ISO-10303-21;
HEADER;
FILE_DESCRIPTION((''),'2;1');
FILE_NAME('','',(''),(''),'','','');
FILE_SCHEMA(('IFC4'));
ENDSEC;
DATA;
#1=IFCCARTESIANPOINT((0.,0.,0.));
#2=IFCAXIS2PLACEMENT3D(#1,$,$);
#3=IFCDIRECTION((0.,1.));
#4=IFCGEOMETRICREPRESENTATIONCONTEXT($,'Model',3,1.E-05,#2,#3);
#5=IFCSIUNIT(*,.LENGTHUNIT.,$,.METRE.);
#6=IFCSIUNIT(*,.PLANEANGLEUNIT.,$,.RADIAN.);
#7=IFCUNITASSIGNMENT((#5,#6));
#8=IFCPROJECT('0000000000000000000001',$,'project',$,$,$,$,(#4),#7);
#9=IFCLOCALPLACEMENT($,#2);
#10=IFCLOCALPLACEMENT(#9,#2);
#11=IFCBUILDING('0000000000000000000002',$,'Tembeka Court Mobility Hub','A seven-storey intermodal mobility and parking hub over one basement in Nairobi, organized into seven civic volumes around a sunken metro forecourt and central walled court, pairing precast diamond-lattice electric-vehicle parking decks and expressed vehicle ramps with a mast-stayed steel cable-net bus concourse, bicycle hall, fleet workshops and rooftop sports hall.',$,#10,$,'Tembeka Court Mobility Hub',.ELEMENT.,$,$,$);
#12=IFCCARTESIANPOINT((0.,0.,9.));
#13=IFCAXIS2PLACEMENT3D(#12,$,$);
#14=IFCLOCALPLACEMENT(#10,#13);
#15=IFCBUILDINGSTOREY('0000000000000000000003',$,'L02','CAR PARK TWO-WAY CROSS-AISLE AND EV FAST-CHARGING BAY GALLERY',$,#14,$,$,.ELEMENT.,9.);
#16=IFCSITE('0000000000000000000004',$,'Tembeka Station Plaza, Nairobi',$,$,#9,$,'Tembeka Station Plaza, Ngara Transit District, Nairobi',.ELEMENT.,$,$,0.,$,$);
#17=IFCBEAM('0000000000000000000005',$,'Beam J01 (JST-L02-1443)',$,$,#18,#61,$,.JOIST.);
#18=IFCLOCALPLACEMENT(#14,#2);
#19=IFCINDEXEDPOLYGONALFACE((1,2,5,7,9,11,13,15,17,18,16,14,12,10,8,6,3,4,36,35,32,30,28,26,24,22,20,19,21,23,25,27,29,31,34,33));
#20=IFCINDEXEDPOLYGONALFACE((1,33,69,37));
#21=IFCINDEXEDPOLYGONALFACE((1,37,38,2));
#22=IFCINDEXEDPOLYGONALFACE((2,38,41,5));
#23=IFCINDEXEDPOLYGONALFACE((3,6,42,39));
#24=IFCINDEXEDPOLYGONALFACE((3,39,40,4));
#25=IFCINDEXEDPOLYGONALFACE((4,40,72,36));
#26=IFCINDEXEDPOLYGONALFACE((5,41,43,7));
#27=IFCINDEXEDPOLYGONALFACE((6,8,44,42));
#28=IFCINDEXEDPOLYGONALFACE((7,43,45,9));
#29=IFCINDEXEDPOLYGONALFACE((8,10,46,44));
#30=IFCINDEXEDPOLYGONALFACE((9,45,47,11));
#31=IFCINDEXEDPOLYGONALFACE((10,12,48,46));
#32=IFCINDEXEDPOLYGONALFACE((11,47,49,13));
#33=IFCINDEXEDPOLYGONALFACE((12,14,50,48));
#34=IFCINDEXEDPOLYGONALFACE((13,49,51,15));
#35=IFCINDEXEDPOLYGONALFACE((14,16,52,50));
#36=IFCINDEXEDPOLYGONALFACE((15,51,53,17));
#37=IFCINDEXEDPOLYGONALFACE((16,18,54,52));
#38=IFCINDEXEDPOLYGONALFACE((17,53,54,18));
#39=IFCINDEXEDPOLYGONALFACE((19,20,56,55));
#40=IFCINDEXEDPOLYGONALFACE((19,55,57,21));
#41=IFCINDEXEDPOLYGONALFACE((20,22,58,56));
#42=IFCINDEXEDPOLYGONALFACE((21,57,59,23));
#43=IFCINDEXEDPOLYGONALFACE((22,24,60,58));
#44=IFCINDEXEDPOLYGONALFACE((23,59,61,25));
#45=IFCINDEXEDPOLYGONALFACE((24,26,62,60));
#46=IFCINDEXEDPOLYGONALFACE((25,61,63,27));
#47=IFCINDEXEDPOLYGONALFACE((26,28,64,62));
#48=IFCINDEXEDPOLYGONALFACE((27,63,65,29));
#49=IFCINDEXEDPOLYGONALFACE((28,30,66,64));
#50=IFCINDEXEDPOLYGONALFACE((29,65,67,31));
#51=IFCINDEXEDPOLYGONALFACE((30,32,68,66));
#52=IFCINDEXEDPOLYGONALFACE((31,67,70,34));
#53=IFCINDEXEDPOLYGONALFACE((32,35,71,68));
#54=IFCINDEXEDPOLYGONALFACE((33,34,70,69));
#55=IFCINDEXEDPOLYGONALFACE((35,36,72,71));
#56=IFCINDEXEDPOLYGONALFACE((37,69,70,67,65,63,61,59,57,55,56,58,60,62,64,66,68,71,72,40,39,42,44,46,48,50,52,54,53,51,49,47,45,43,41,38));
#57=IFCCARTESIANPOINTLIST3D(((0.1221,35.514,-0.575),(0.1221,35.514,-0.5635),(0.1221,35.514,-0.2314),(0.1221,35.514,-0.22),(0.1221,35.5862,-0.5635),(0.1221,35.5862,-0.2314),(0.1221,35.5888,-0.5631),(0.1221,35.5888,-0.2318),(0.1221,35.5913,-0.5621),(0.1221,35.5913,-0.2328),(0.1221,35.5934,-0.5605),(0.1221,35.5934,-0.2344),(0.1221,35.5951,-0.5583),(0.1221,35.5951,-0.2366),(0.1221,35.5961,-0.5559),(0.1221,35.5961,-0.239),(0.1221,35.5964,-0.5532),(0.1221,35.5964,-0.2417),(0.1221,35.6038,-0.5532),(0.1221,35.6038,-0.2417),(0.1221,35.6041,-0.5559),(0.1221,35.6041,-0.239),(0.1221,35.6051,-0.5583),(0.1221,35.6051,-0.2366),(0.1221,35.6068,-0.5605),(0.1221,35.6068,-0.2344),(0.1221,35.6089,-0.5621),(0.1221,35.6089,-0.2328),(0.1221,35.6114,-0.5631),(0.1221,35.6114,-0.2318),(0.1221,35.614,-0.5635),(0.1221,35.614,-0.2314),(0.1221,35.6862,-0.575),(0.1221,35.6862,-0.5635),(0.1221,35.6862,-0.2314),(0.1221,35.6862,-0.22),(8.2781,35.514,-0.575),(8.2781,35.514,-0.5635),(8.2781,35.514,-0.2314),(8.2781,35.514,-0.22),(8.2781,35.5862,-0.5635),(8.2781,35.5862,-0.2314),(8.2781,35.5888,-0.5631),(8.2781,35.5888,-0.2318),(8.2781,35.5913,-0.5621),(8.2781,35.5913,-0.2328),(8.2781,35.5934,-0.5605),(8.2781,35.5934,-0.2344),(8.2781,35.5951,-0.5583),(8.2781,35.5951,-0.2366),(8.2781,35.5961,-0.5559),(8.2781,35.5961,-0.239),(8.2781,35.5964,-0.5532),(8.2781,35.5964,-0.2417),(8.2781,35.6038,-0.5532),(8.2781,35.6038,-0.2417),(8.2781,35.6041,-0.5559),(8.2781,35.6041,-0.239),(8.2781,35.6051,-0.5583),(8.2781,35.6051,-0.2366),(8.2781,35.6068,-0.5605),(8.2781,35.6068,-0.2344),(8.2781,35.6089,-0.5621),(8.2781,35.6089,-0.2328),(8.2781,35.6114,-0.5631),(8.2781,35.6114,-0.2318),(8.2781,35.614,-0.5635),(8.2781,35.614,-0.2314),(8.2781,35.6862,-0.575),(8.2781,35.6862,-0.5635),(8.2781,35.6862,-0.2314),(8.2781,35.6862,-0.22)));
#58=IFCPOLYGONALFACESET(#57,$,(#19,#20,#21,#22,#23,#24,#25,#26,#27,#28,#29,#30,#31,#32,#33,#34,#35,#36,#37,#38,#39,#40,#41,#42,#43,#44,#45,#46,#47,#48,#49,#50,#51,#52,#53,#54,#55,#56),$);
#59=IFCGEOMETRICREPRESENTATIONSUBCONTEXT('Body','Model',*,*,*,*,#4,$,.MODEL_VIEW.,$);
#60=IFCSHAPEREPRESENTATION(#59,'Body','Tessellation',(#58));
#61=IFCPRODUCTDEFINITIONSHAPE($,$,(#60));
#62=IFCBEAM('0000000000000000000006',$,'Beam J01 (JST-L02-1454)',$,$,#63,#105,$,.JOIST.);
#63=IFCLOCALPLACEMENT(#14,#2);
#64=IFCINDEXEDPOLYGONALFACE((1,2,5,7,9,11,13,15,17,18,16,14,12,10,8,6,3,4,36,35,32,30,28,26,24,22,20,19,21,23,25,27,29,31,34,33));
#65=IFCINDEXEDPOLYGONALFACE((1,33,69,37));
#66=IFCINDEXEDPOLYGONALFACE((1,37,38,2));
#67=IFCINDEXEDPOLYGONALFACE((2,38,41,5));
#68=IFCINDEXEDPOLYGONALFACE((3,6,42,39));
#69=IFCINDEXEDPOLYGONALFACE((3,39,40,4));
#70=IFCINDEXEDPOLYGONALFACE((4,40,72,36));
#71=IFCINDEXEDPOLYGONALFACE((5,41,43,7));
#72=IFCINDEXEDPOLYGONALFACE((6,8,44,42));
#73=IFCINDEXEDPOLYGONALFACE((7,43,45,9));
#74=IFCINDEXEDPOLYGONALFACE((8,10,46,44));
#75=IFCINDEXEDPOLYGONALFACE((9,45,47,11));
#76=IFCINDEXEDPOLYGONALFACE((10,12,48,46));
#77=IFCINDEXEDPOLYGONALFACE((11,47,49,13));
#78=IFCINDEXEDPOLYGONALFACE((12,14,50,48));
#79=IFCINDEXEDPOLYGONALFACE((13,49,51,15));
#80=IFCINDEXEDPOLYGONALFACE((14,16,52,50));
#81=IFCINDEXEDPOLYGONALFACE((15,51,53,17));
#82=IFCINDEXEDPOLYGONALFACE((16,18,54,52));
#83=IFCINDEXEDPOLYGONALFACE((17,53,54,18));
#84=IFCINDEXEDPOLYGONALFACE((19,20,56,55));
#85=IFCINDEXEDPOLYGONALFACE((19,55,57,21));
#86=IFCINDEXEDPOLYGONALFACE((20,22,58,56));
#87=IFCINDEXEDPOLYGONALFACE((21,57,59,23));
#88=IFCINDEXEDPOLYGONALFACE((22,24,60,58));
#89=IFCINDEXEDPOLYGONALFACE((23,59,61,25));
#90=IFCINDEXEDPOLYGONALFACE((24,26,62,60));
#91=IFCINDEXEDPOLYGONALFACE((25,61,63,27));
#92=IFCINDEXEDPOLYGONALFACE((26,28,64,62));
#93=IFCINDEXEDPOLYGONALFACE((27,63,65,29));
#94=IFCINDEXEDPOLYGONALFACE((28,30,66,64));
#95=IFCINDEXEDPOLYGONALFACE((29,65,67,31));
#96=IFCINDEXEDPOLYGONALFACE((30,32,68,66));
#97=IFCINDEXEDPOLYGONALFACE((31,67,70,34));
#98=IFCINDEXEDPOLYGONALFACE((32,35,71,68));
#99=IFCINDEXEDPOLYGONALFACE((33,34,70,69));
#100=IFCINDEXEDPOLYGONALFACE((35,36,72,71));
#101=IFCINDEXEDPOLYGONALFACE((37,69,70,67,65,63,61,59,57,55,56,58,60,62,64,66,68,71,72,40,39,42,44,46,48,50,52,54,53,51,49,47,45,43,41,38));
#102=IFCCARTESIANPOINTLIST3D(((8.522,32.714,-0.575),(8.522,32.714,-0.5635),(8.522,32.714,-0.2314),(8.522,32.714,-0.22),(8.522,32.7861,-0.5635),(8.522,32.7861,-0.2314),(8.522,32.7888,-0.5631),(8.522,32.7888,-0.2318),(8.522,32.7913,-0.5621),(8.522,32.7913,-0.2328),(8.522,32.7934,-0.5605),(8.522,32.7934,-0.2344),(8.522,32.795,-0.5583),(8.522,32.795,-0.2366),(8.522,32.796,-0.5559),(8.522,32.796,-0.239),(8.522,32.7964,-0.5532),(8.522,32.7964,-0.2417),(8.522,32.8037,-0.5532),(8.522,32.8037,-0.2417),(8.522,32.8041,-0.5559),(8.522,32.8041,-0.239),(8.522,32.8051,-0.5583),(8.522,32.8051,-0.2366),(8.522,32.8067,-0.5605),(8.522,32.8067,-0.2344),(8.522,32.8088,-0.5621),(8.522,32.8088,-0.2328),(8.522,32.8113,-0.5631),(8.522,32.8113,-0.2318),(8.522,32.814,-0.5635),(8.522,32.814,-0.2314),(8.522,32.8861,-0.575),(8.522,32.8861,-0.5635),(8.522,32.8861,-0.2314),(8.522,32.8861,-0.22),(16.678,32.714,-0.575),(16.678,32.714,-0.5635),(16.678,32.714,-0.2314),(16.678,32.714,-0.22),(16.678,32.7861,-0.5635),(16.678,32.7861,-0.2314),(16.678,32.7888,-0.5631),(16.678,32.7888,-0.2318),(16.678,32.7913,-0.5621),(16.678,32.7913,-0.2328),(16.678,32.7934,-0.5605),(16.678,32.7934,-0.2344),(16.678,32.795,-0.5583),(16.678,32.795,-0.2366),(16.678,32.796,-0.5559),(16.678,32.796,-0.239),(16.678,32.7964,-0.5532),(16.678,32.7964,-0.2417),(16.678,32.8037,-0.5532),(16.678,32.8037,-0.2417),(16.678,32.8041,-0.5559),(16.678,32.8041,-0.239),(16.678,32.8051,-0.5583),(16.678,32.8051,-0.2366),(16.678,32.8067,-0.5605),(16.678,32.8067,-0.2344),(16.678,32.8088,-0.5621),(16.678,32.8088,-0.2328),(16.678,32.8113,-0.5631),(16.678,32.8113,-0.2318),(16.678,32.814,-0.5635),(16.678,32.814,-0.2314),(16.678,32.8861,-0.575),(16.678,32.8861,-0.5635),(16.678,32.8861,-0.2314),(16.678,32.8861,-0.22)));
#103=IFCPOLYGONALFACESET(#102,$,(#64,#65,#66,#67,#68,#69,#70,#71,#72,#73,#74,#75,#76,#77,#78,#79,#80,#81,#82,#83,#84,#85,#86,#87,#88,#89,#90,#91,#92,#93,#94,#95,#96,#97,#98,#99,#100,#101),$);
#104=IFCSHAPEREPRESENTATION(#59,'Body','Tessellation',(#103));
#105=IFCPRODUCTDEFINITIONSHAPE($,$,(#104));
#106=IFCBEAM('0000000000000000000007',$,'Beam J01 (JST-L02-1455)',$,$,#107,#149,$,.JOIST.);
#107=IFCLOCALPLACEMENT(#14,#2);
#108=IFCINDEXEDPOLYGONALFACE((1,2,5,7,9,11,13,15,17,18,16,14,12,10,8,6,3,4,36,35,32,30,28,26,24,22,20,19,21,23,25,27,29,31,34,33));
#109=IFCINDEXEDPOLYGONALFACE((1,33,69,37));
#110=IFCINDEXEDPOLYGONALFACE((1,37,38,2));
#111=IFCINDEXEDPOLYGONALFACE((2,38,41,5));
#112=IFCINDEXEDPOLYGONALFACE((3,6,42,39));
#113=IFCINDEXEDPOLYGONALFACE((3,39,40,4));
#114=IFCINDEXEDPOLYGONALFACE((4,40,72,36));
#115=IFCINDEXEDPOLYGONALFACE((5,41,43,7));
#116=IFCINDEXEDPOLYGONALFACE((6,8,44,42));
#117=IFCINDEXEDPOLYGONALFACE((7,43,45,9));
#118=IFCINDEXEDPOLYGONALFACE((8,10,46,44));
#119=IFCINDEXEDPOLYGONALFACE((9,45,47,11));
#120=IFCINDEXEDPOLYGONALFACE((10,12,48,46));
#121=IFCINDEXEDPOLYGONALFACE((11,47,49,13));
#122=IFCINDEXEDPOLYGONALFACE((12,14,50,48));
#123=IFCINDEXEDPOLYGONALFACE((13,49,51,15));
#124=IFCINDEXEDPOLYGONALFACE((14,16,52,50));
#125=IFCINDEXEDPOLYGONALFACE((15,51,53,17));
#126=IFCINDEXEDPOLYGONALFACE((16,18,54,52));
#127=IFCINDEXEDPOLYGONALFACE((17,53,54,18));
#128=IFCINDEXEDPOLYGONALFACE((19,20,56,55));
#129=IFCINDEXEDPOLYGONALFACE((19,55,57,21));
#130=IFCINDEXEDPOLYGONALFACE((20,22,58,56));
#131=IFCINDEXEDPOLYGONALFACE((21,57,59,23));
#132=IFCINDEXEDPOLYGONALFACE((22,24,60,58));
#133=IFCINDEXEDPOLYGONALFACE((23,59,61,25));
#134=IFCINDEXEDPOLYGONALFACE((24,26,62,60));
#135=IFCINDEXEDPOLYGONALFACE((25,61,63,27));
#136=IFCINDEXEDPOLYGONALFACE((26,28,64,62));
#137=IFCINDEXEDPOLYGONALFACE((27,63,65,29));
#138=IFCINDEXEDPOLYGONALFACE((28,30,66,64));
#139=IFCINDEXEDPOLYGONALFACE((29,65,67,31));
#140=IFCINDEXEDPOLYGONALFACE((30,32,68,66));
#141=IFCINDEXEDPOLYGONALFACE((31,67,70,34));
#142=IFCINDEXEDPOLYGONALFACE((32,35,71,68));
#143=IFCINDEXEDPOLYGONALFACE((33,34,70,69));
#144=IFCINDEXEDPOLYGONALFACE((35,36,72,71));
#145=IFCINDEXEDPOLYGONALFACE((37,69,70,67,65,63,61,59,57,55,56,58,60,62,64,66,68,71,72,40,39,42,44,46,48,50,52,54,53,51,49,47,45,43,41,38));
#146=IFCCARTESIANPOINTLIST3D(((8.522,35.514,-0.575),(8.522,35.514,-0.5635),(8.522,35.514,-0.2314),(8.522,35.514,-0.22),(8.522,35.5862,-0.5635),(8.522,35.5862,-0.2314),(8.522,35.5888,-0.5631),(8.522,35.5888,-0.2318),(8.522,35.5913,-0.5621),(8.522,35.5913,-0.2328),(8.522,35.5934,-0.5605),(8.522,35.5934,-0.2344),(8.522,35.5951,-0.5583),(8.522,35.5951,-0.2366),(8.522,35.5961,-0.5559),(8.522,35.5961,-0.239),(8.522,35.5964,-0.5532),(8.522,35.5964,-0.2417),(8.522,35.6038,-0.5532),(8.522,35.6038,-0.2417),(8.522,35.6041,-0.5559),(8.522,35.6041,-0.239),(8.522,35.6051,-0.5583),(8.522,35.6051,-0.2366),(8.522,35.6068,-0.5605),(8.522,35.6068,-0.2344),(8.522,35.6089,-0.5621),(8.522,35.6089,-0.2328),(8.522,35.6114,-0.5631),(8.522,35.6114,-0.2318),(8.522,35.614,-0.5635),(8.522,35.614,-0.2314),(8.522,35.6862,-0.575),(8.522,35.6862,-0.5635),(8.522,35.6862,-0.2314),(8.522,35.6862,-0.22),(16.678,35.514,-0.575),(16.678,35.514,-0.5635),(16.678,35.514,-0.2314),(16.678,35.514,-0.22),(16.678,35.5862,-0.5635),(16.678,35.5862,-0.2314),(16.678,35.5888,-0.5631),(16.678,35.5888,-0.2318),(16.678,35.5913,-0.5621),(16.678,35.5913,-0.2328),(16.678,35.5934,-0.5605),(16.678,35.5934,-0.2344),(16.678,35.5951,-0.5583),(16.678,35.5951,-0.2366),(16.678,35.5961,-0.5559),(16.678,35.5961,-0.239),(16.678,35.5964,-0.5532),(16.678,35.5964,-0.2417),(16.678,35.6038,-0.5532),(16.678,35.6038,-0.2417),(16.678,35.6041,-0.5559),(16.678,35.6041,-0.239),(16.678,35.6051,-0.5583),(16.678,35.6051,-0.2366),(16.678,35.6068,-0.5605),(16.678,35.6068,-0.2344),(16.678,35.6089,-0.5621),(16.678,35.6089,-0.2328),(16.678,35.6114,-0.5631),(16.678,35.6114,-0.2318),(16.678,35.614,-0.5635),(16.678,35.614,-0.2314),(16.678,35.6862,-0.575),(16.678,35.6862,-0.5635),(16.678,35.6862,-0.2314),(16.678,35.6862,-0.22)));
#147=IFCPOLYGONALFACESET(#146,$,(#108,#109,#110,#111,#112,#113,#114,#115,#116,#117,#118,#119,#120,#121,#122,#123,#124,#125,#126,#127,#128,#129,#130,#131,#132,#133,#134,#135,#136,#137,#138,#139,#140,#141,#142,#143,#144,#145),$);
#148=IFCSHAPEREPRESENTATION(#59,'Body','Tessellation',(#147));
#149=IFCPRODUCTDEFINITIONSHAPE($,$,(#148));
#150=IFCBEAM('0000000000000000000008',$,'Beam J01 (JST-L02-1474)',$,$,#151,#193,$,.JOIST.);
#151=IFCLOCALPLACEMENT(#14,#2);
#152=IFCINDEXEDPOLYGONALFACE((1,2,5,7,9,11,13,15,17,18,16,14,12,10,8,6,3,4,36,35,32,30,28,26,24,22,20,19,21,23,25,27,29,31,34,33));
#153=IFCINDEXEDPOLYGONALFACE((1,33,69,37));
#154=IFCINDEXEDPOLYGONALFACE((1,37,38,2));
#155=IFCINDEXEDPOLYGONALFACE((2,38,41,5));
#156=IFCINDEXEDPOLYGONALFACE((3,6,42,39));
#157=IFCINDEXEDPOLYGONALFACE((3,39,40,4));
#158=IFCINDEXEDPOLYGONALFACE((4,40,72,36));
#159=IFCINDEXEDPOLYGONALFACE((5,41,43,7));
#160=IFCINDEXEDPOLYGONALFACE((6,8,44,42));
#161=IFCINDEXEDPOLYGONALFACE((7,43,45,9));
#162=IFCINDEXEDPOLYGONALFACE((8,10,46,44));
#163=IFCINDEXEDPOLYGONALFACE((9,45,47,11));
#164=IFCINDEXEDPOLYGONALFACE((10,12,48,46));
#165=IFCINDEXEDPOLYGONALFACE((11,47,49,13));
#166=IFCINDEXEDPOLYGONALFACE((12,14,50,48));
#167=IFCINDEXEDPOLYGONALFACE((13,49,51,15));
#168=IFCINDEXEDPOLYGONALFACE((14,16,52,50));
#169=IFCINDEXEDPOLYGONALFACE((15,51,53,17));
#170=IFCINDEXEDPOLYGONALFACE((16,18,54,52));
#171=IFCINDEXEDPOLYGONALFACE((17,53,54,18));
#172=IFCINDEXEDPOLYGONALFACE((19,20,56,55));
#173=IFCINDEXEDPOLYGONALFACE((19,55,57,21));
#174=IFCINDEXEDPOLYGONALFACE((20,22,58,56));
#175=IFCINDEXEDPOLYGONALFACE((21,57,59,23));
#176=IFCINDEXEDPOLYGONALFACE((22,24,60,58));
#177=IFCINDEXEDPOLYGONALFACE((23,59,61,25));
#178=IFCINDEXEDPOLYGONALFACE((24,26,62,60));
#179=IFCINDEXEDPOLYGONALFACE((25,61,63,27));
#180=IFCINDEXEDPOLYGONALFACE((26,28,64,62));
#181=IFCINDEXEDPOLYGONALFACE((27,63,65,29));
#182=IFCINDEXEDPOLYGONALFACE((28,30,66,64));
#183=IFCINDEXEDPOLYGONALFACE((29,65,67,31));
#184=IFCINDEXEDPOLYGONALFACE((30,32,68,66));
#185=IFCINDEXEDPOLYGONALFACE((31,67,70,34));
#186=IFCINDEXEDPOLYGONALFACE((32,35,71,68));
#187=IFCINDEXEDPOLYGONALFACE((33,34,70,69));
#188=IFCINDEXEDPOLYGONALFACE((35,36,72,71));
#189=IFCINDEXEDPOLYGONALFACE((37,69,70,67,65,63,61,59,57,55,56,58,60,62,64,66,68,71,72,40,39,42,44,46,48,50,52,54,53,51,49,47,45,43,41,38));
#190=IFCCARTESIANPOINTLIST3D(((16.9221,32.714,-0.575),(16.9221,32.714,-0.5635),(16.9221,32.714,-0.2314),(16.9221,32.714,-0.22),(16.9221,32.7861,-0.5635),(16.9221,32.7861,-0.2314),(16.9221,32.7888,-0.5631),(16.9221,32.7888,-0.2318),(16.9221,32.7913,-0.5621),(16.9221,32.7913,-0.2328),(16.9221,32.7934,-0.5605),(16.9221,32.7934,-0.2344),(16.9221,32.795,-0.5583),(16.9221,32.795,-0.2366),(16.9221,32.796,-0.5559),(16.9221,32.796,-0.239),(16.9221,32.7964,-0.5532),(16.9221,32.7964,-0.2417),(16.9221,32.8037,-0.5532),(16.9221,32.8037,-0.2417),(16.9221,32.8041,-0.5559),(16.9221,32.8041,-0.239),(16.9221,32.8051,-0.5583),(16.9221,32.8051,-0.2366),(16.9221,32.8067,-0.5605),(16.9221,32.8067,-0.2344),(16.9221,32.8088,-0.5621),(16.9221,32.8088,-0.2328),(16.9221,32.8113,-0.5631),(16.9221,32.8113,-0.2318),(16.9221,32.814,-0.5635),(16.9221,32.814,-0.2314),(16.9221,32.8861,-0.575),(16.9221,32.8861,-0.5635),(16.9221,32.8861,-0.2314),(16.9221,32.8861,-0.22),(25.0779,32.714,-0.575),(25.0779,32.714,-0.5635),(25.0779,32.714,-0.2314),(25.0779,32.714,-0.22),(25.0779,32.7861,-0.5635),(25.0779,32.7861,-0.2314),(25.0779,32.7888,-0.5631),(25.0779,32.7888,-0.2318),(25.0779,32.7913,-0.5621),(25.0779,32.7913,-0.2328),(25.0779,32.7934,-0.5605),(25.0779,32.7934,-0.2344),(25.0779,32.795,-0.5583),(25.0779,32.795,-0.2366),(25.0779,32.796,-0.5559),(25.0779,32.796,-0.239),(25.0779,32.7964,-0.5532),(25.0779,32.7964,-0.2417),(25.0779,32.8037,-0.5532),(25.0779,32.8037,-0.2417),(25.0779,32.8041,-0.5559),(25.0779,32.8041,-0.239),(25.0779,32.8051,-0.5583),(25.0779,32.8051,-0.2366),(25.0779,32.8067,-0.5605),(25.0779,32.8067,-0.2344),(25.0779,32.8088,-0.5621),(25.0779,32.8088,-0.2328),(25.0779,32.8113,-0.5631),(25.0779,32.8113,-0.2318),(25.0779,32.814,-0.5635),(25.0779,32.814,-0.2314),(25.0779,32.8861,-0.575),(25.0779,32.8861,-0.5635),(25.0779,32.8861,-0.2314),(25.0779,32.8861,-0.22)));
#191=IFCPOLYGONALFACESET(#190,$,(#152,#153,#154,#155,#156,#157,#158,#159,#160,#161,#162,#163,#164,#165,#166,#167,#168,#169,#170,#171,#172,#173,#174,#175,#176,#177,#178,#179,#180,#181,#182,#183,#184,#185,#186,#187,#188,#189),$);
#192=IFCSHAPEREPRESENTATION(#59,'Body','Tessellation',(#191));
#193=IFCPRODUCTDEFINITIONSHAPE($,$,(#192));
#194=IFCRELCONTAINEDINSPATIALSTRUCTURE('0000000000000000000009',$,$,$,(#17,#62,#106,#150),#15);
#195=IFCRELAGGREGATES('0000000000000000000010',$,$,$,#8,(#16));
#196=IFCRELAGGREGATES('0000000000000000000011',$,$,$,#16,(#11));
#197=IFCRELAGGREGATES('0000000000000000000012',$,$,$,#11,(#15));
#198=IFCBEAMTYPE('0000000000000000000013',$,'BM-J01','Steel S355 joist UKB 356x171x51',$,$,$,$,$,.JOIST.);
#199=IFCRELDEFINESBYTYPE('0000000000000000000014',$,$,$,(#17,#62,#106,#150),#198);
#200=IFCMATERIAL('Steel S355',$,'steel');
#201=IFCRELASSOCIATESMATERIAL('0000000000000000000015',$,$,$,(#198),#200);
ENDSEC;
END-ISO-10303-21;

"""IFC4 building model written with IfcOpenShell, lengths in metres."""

from ifc_helpers import new_model, si_unit, direction, frame, origin, origin_2d, place, context, subcontext, project, spatial, i_section, extrude, material, material_profile, profile_set, type_object, element, save


model = new_model("IFC4")

# Units and contexts
model_context = context("Model", 3, precision=1e-05, world=origin(), true_north=direction((0.0, 1.0)))
body_context = subcontext(model_context, "Body", "Model", "MODEL_VIEW")
ifc_project = project(units=[si_unit("LENGTHUNIT", "METRE"), si_unit("PLANEANGLEUNIT", "RADIAN")], contexts=[model_context])

# Site, building, storey
site_placement = place(None, origin())
site = spatial("IfcSite", under=ifc_project, at=site_placement, Name="Tembeka Station Plaza, Nairobi", LongName="Tembeka Station Plaza, Ngara Transit District, Nairobi", CompositionType="ELEMENT", RefElevation=0.0)
building_placement = place(site_placement, origin())
building = spatial("IfcBuilding", under=site, at=building_placement, Name="Tembeka Court Mobility Hub", Description="A seven-storey intermodal mobility and parking hub over one basement in Nairobi, organized into seven civic volumes around a sunken metro forecourt and central walled court, pairing precast diamond-lattice electric-vehicle parking decks and expressed vehicle ramps with a mast-stayed steel cable-net bus concourse, bicycle hall, fleet workshops and rooftop sports hall.", LongName="Tembeka Court Mobility Hub", CompositionType="ELEMENT")
storey_placement = place(building_placement, frame((0.0, 0.0, 9.0)))
storey = spatial("IfcBuildingStorey", under=building, at=storey_placement, Name="L02", Description="CAR PARK TWO-WAY CROSS-AISLE AND EV FAST-CHARGING BAY GALLERY", CompositionType="ELEMENT", Elevation=9.0)

# Shared definitions
ifc_material_1 = material(Name="Steel S355", Category="steel")

# Beams
ifc_material_profile_1 = material_profile(ifc_material_1, i_section(OverallWidth=0.1721, OverallDepth=0.355, WebThickness=0.0073, FlangeThickness=0.0115, FilletRadius=0.0103, at=origin_2d()), Name="UKB 356x171x51")
ifc_profile_set_1 = profile_set([ifc_material_profile_1], Name="Steel S355")
beam_type_1 = type_object("IfcBeamType", Name="BM-J01", Description="Steel S355 joist UKB 356x171x51", PredefinedType="JOIST", material=ifc_profile_set_1)
for number, where, z_axis, x_axis, name in (
    (1, (0.1221, 35.6001, -0.3975), (1.0, 0.0, 0.0), (0.0, 1.0, 0.0), "Beam J01 (JST-L02-1443)"),
    (2, (8.522, 32.8, -0.3975), (1.0, 0.0, 0.0), (0.0, 1.0, 0.0), "Beam J01 (JST-L02-1454)"),
    (3, (8.522, 35.6001, -0.3975), (1.0, 0.0, 0.0), (0.0, 1.0, 0.0), "Beam J01 (JST-L02-1455)"),
):
    element("IfcBeam", number, at=place(storey_placement, frame(where, z_axis=z_axis, x_axis=x_axis)), inside=storey, type_object=beam_type_1, Name=name, PredefinedType="JOIST", context=body_context, shape_type="SweptSolid", body=[
        extrude(i_section(OverallWidth=0.1721, OverallDepth=0.355, WebThickness=0.0073, FlangeThickness=0.0115, FilletRadius=0.0103, at=origin_2d()), origin(), (0.0, 0.0, 1.0), 8.156),
    ])
for number, where, z_axis, x_axis, name in (
    (4, (16.9221, 32.8, -0.3975), (1.0, 0.0, 0.0), (0.0, 1.0, 0.0), "Beam J01 (JST-L02-1474)"),
):
    element("IfcBeam", number, at=place(storey_placement, frame(where, z_axis=z_axis, x_axis=x_axis)), inside=storey, type_object=beam_type_1, Name=name, PredefinedType="JOIST", context=body_context, shape_type="SweptSolid", body=[
        extrude(i_section(OverallWidth=0.1721, OverallDepth=0.355, WebThickness=0.0073, FlangeThickness=0.0115, FilletRadius=0.0103, at=origin_2d()), origin(), (0.0, 0.0, 1.0), 8.1558),
    ])

save(model, "model.ifc")
